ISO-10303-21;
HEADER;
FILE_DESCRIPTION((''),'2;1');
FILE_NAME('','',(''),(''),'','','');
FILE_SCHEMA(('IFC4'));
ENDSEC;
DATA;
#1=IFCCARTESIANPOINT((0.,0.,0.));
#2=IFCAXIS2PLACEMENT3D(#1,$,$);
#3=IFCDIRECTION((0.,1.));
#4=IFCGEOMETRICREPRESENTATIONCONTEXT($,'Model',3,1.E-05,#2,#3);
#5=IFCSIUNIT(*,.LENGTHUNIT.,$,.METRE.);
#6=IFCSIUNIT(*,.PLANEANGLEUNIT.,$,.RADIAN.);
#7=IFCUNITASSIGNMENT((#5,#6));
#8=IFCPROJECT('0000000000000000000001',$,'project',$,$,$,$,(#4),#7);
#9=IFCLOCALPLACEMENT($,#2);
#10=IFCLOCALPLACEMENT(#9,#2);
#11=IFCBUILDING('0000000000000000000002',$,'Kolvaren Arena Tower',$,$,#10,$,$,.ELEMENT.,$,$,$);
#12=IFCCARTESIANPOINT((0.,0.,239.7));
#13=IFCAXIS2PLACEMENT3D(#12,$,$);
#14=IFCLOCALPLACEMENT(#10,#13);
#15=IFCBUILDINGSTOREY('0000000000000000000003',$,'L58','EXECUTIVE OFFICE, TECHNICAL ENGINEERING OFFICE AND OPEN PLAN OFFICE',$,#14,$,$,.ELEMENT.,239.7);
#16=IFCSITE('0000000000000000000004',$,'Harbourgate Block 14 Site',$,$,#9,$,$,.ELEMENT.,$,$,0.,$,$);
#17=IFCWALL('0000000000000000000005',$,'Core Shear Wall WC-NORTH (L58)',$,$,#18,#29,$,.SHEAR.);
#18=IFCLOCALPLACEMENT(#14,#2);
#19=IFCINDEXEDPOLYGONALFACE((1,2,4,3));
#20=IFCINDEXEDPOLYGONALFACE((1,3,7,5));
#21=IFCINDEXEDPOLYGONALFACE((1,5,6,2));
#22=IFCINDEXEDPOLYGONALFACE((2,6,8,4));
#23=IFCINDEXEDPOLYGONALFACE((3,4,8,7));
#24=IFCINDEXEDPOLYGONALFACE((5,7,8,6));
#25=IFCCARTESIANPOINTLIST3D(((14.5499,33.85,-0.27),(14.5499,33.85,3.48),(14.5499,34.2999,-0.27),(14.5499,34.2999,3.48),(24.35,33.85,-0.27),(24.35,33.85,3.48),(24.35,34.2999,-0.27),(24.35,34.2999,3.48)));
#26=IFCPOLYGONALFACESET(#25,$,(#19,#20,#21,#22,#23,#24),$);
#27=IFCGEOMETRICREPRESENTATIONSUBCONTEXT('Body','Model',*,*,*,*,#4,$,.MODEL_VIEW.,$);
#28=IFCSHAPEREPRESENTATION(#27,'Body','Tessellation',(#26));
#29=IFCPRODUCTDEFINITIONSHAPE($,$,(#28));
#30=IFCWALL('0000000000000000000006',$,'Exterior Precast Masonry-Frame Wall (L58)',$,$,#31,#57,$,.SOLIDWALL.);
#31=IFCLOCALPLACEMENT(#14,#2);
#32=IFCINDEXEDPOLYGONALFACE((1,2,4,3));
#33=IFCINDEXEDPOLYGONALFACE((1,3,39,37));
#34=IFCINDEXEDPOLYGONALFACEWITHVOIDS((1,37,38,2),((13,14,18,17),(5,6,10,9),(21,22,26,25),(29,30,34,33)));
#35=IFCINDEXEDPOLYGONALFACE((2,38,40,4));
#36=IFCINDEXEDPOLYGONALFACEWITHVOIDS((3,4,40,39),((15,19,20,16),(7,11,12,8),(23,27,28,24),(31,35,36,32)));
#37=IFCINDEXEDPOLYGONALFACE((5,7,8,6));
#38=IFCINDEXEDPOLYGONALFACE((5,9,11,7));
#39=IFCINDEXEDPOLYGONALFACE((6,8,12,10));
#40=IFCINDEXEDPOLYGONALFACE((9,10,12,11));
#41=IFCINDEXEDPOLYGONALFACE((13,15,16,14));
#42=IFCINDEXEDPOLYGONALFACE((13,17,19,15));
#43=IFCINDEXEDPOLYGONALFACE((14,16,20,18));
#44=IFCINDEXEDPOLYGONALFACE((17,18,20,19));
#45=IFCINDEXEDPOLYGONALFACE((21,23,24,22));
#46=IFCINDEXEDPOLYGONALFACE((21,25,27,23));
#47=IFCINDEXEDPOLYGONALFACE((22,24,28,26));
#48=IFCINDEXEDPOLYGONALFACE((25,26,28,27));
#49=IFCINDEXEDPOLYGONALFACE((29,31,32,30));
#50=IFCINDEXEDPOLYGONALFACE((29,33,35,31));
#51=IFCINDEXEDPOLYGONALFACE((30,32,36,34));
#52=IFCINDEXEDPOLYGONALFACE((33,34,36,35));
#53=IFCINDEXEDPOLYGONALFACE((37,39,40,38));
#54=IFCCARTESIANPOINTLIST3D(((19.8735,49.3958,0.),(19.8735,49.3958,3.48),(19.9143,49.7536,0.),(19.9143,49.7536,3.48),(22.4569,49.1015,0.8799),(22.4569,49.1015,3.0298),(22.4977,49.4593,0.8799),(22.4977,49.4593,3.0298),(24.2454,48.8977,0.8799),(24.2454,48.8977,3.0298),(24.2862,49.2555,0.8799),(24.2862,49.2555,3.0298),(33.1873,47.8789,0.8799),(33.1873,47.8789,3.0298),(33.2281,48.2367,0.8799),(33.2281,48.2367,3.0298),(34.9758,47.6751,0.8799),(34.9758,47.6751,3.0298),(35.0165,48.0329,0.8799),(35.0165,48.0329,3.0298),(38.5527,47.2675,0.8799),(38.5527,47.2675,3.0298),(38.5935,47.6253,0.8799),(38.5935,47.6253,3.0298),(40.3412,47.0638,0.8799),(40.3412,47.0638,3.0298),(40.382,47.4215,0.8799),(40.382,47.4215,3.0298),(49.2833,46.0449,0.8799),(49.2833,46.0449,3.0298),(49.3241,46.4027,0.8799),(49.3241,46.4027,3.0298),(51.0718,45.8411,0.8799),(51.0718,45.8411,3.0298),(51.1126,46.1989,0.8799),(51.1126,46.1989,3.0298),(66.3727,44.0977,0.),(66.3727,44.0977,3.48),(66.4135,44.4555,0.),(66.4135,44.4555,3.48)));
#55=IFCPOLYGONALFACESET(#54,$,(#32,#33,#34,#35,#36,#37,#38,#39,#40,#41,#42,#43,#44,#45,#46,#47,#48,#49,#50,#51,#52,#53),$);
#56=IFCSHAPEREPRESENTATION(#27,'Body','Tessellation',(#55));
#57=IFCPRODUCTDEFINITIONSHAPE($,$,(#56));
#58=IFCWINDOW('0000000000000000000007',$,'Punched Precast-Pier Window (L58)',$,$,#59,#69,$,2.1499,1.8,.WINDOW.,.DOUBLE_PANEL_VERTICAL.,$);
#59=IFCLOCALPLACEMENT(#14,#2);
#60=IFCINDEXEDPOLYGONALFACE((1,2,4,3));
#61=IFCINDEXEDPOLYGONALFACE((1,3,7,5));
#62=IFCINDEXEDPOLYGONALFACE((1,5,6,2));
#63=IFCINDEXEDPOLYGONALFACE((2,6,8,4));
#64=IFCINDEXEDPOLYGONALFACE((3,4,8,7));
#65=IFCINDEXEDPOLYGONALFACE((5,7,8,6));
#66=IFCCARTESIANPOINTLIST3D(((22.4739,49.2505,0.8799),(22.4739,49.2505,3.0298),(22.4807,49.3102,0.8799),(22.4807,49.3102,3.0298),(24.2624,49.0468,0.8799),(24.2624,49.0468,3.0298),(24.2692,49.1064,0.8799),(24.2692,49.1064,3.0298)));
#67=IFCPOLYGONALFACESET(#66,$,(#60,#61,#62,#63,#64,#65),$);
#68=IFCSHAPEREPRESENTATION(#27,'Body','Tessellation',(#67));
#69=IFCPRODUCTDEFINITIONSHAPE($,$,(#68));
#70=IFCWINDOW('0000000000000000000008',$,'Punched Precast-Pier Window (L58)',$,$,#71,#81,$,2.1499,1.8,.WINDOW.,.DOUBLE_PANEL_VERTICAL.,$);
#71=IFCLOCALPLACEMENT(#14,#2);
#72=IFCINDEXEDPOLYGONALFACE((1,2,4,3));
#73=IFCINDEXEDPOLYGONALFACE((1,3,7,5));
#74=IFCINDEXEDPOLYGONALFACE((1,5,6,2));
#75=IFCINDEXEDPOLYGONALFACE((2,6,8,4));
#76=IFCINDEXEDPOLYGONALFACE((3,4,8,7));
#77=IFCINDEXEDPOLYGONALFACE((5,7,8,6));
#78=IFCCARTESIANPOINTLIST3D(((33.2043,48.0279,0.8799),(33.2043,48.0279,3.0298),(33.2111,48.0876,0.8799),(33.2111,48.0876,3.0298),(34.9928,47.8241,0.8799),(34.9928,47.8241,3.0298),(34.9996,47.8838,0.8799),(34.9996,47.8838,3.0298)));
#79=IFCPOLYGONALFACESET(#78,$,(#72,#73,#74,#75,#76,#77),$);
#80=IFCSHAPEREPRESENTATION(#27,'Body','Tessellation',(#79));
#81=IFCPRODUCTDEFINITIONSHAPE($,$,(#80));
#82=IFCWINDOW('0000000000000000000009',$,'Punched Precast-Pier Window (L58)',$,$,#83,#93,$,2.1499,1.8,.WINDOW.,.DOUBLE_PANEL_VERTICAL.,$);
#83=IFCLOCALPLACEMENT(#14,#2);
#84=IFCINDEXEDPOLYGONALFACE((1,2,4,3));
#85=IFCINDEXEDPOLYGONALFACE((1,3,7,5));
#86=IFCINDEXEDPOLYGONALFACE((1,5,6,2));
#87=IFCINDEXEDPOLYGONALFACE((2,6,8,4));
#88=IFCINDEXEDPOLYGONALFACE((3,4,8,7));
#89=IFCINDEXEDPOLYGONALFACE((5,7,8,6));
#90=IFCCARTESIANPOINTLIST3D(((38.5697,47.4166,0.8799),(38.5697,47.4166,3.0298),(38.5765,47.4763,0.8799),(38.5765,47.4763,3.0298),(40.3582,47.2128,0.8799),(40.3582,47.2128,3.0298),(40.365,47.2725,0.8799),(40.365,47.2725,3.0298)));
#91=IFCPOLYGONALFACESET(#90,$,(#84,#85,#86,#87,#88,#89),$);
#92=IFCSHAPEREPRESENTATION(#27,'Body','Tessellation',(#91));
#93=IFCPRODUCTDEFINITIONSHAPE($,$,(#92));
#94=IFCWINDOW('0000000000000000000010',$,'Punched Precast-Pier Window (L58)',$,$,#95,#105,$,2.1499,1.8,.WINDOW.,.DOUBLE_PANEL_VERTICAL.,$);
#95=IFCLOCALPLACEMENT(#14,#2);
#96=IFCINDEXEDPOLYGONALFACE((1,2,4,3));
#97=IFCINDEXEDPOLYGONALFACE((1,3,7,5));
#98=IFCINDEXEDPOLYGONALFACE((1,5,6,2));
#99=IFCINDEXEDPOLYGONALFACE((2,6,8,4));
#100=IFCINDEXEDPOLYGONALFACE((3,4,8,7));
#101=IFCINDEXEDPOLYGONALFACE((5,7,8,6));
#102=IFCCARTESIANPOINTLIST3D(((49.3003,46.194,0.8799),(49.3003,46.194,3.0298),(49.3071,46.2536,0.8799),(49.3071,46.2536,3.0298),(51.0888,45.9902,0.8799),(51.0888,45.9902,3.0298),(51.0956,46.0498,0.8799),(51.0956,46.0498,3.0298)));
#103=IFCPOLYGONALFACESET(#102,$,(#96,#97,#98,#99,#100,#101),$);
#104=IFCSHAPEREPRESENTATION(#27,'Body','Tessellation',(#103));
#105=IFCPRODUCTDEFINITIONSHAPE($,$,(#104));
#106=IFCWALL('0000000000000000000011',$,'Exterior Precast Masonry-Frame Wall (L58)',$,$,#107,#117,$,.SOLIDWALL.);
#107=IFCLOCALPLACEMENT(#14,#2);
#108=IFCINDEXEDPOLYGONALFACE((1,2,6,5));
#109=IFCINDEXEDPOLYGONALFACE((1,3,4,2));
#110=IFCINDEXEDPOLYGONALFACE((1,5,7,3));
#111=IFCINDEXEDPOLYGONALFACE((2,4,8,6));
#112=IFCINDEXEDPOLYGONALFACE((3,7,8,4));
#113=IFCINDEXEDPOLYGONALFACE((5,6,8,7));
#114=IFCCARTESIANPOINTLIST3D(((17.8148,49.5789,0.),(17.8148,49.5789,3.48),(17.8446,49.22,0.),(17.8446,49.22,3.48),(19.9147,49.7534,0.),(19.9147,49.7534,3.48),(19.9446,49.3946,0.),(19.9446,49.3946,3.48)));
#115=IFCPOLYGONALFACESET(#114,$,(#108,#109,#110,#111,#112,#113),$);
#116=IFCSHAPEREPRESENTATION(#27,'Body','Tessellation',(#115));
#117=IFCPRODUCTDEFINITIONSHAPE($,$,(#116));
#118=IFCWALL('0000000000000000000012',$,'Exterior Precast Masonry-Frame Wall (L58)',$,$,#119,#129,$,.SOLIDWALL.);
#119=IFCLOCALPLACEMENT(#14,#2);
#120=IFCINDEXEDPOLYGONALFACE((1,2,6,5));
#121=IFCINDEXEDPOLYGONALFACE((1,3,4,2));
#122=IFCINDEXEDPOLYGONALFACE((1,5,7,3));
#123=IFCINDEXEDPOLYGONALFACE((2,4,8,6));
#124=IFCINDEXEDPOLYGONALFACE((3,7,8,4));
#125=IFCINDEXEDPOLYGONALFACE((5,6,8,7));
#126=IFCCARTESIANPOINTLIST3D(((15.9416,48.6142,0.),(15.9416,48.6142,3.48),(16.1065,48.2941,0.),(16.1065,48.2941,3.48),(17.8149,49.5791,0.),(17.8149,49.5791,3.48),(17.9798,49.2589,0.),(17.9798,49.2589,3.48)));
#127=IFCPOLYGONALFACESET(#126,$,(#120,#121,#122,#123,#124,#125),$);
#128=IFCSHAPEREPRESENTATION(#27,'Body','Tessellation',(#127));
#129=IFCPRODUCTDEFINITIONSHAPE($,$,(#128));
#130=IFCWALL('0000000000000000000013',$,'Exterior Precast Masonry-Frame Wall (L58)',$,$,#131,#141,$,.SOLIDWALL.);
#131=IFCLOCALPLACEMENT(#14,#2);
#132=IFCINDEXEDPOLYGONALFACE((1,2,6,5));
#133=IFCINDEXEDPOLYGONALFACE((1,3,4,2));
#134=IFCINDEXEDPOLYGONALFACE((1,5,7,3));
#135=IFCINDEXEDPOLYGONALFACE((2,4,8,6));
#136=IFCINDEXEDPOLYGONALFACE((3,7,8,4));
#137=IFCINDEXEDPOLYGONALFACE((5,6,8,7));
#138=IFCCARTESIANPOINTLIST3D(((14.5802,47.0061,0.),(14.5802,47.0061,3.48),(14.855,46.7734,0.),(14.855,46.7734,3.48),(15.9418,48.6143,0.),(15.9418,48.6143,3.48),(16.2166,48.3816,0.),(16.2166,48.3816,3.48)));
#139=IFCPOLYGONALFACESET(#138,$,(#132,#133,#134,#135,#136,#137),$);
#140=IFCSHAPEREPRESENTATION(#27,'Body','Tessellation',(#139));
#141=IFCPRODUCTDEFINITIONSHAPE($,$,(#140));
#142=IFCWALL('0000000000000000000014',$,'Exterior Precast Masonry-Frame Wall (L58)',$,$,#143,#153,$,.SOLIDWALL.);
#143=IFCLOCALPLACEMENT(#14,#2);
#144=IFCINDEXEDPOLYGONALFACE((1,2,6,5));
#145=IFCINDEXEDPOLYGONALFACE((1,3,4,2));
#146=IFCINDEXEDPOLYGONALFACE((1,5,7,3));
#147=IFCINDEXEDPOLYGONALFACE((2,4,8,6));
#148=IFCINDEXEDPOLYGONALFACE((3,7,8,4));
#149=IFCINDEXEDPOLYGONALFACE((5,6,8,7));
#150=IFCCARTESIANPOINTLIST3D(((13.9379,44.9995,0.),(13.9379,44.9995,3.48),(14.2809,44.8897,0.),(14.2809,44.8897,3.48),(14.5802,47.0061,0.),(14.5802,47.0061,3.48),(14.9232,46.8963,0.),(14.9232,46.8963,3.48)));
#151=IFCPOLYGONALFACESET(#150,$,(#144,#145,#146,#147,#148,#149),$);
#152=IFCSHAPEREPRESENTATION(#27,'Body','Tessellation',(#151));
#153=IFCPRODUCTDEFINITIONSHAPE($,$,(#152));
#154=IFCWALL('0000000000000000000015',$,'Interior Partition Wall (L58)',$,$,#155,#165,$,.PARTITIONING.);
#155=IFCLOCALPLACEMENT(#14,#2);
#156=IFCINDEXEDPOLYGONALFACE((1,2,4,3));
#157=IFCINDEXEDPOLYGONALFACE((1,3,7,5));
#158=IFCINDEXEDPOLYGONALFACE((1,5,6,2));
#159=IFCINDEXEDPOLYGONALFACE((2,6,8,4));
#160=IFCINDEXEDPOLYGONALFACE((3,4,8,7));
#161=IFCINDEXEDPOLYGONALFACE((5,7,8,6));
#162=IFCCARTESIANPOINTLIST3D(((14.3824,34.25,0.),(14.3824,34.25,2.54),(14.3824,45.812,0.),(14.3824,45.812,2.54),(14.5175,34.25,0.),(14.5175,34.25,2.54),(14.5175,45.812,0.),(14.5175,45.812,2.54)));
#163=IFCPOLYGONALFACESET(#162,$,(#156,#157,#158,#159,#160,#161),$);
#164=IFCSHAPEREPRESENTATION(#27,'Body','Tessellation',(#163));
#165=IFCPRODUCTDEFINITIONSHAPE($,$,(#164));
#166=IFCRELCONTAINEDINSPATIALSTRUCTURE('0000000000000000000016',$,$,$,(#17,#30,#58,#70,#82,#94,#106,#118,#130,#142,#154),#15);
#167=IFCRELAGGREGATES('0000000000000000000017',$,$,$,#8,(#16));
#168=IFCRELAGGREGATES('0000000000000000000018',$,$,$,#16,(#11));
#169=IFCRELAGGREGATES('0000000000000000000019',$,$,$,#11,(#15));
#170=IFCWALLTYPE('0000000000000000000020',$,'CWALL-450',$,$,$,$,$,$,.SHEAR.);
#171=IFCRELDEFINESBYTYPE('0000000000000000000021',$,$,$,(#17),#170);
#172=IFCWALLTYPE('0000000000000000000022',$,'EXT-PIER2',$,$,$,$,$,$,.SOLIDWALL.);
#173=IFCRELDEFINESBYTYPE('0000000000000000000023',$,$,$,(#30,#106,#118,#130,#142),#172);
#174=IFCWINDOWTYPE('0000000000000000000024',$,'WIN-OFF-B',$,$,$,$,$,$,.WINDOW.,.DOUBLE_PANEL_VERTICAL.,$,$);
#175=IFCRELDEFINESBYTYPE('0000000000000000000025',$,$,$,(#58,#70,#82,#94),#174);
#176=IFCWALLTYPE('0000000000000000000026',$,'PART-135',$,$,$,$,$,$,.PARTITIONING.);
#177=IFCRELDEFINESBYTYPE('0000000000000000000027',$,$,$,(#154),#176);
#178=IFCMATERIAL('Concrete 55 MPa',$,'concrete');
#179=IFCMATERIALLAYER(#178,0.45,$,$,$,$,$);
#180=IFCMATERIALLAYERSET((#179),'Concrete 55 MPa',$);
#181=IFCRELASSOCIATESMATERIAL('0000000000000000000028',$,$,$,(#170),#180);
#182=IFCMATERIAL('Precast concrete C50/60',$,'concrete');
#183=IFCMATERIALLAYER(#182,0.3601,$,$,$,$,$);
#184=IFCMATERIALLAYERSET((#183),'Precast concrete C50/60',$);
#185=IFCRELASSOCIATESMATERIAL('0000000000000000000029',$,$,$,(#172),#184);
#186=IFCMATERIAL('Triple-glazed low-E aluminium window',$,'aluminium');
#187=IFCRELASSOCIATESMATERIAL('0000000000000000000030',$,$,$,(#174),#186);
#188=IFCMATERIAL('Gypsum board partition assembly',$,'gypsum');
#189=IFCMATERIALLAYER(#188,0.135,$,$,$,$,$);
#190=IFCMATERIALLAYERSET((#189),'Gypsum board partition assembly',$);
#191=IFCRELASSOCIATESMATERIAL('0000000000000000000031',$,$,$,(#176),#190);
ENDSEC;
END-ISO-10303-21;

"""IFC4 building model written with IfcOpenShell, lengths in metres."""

from ifc_helpers import new_model, si_unit, direction, frame, frame_2d, origin, place, context, subcontext, project, spatial, rectangle, extrude, material, layer, layer_set, type_object, element, fill, save


model = new_model("IFC4")

# Units and contexts
model_context = context("Model", 3, precision=1e-05, world=origin(), true_north=direction((0.0, 1.0)))
body_context = subcontext(model_context, "Body", "Model", "MODEL_VIEW")
ifc_project = project(units=[si_unit("LENGTHUNIT", "METRE"), si_unit("PLANEANGLEUNIT", "RADIAN")], contexts=[model_context])

# Site, building, storey
site_placement = place(None, origin())
site = spatial("IfcSite", under=ifc_project, at=site_placement, Name="Harbourgate Block 14 Site", CompositionType="ELEMENT", RefElevation=0.0)
building_placement = place(site_placement, origin())
building = spatial("IfcBuilding", under=site, at=building_placement, Name="Kolvaren Arena Tower", CompositionType="ELEMENT")
storey_placement = place(building_placement, frame((0.0, 0.0, 239.7)))
storey = spatial("IfcBuildingStorey", under=building, at=storey_placement, Name="L58", Description="EXECUTIVE OFFICE, TECHNICAL ENGINEERING OFFICE AND OPEN PLAN OFFICE", CompositionType="ELEMENT", Elevation=239.7)

# Wall
ifc_material_1 = material(Name="Concrete 55 MPa", Category="concrete")
ifc_layer_1 = layer(ifc_material_1, 0.45)
ifc_layer_set_1 = layer_set([ifc_layer_1], Name="Concrete 55 MPa")
wall_type_1 = type_object("IfcWallType", Name="CWALL-450", PredefinedType="SHEAR", material=ifc_layer_set_1)
wall_1_placement = place(storey_placement, frame((14.55, 34.075, -0.27), z_axis=(0.0, 0.0, 1.0), x_axis=(1.0, 0.0, 0.0)))
element("IfcWall", 1, at=wall_1_placement, inside=storey, type_object=wall_type_1, Name="Core Shear Wall WC-NORTH (L58)", PredefinedType="SHEAR", context=body_context, shape_type="SweptSolid", body=[
    extrude(rectangle(XDim=9.8, YDim=0.45, at=frame_2d((4.8999, 0.0))), origin(), (0.0, 0.0, 1.0), 3.75),
])

# Wall, openings, windows
ifc_material_2 = material(Name="Precast concrete C50/60", Category="concrete")
ifc_layer_2 = layer(ifc_material_2, 0.3601)
ifc_layer_set_2 = layer_set([ifc_layer_2], Name="Precast concrete C50/60")
wall_type_2 = type_object("IfcWallType", Name="EXT-PIER2", PredefinedType="SOLIDWALL", material=ifc_layer_set_2)
wall_2_placement = place(storey_placement, frame((19.894, 49.5747, 0.0), z_axis=(0.0, 0.0, 1.0), x_axis=(0.993571, -0.113207, 0.0)))
wall_2 = element("IfcWall", 2, at=wall_2_placement, inside=storey, type_object=wall_type_2, Name="Exterior Precast Masonry-Frame Wall (L58)", PredefinedType="SOLIDWALL", context=body_context, shape_type="SweptSolid", body=[
    extrude(rectangle(XDim=46.8, YDim=0.3601, at=frame_2d((23.3999, 0.0))), origin(), (0.0, 0.0, 1.0), 3.48),
])
opening_1_placement = place(wall_2_placement, frame((2.6001, 0.0, 0.8799)))
opening_1 = element("IfcOpeningElement", 3, at=opening_1_placement, cuts=wall_2, PredefinedType="OPENING", context=body_context, shape_type="SweptSolid", body=[
    extrude(rectangle(XDim=1.8, YDim=2.1499, at=frame_2d((0.8999, 1.075))), frame((0.0, 0.1899, 0.0), z_axis=(0.0, -1.0, 0.0), x_axis=(1.0, 0.0, 0.0)), (0.0, 0.0, 1.0), 0.3801),
])
opening_2_placement = place(wall_2_placement, frame((13.3999, 0.0, 0.8799)))
opening_2 = element("IfcOpeningElement", 4, at=opening_2_placement, cuts=wall_2, PredefinedType="OPENING", context=body_context, shape_type="SweptSolid", body=[
    extrude(rectangle(XDim=1.8, YDim=2.1499, at=frame_2d((0.8999, 1.075))), frame((0.0, 0.1899, 0.0), z_axis=(0.0, -1.0, 0.0), x_axis=(1.0, 0.0, 0.0)), (0.0, 0.0, 1.0), 0.3801),
])
opening_3_placement = place(wall_2_placement, frame((18.8, 0.0, 0.8799)))
opening_3 = element("IfcOpeningElement", 5, at=opening_3_placement, cuts=wall_2, PredefinedType="OPENING", context=body_context, shape_type="SweptSolid", body=[
    extrude(rectangle(XDim=1.8, YDim=2.1499, at=frame_2d((0.8999, 1.075))), frame((0.0, 0.1899, 0.0), z_axis=(0.0, -1.0, 0.0), x_axis=(1.0, 0.0, 0.0)), (0.0, 0.0, 1.0), 0.3801),
])
opening_4_placement = place(wall_2_placement, frame((29.6001, 0.0, 0.8799)))
opening_4 = element("IfcOpeningElement", 6, at=opening_4_placement, cuts=wall_2, PredefinedType="OPENING", context=body_context, shape_type="SweptSolid", body=[
    extrude(rectangle(XDim=1.8, YDim=2.1499, at=frame_2d((0.8999, 1.075))), frame((0.0, 0.1899, 0.0), z_axis=(0.0, -1.0, 0.0), x_axis=(1.0, 0.0, 0.0)), (0.0, 0.0, 1.0), 0.3801),
])
ifc_material_3 = material(Name="Triple-glazed low-E aluminium window", Category="aluminium")
window_type = type_object("IfcWindowType", Name="WIN-OFF-B", PartitioningType="DOUBLE_PANEL_VERTICAL", PredefinedType="WINDOW", material=ifc_material_3)
window_1_placement = place(opening_1_placement, origin())
window_1 = element("IfcWindow", 7, at=window_1_placement, inside=storey, type_object=window_type, Name="Punched Precast-Pier Window (L58)", OverallHeight=2.1499, OverallWidth=1.8, PartitioningType="DOUBLE_PANEL_VERTICAL", PredefinedType="WINDOW", context=body_context, shape_type="SweptSolid", body=[
    extrude(rectangle(XDim=1.8, YDim=2.1499, at=frame_2d((0.8999, 1.075))), frame((0.0, 0.03, 0.0), z_axis=(0.0, -1.0, 0.0), x_axis=(1.0, 0.0, 0.0)), (0.0, 0.0, 1.0), 0.0601),
])
fill(opening_1, window_1)
window_2_placement = place(opening_2_placement, origin())
window_2 = element("IfcWindow", 8, at=window_2_placement, inside=storey, type_object=window_type, Name="Punched Precast-Pier Window (L58)", OverallHeight=2.1499, OverallWidth=1.8, PartitioningType="DOUBLE_PANEL_VERTICAL", PredefinedType="WINDOW", context=body_context, shape_type="SweptSolid", body=[
    extrude(rectangle(XDim=1.8, YDim=2.1499, at=frame_2d((0.8999, 1.075))), frame((0.0, 0.03, 0.0), z_axis=(0.0, -1.0, 0.0), x_axis=(1.0, 0.0, 0.0)), (0.0, 0.0, 1.0), 0.0601),
])
fill(opening_2, window_2)
window_3_placement = place(opening_3_placement, origin())
window_3 = element("IfcWindow", 9, at=window_3_placement, inside=storey, type_object=window_type, Name="Punched Precast-Pier Window (L58)", OverallHeight=2.1499, OverallWidth=1.8, PartitioningType="DOUBLE_PANEL_VERTICAL", PredefinedType="WINDOW", context=body_context, shape_type="SweptSolid", body=[
    extrude(rectangle(XDim=1.8, YDim=2.1499, at=frame_2d((0.8999, 1.075))), frame((0.0, 0.03, 0.0), z_axis=(0.0, -1.0, 0.0), x_axis=(1.0, 0.0, 0.0)), (0.0, 0.0, 1.0), 0.0601),
])
fill(opening_3, window_3)
window_4_placement = place(opening_4_placement, origin())
window_4 = element("IfcWindow", 10, at=window_4_placement, inside=storey, type_object=window_type, Name="Punched Precast-Pier Window (L58)", OverallHeight=2.1499, OverallWidth=1.8, PartitioningType="DOUBLE_PANEL_VERTICAL", PredefinedType="WINDOW", context=body_context, shape_type="SweptSolid", body=[
    extrude(rectangle(XDim=1.8, YDim=2.1499, at=frame_2d((0.8999, 1.075))), frame((0.0, 0.03, 0.0), z_axis=(0.0, -1.0, 0.0), x_axis=(1.0, 0.0, 0.0)), (0.0, 0.0, 1.0), 0.0601),
])
fill(opening_4, window_4)

# Walls
for number, where, z_axis, x_axis, name in (
    (11, (17.8296, 49.3994, 0.0), (0.0, 0.0, 1.0), (0.996563, 0.082844, 0.0), "Exterior Precast Masonry-Frame Wall (L58)"),
    (12, (16.0239, 48.4541, 0.0), (0.0, 0.0, 1.0), (0.88901, 0.457887, 0.0), "Exterior Precast Masonry-Frame Wall (L58)"),
    (13, (14.7175, 46.8896, 0.0), (0.0, 0.0, 1.0), (0.646171, 0.763193, 0.0), "Exterior Precast Masonry-Frame Wall (L58)"),
):
    element("IfcWall", number, at=place(storey_placement, frame(where, z_axis=z_axis, x_axis=x_axis)), inside=storey, type_object=wall_type_2, Name=name, PredefinedType="SOLIDWALL", context=body_context, shape_type="SweptSolid", body=[
        extrude(rectangle(XDim=2.1072, YDim=0.3601, at=frame_2d((1.0537, 0.0))), origin(), (0.0, 0.0, 1.0), 3.48),
    ])
wall_3_placement = place(storey_placement, frame((14.1094, 44.9446, 0.0), z_axis=(0.0, 0.0, 1.0), x_axis=(0.304872, 0.952393, 0.0)))
element("IfcWall", 14, at=wall_3_placement, inside=storey, type_object=wall_type_2, Name="Exterior Precast Masonry-Frame Wall (L58)", PredefinedType="SOLIDWALL", context=body_context, shape_type="SweptSolid", body=[
    extrude(rectangle(XDim=2.1069, YDim=0.3601, at=frame_2d((1.0535, 0.0))), origin(), (0.0, 0.0, 1.0), 3.48),
])
ifc_material_4 = material(Name="Gypsum board partition assembly", Category="gypsum")
ifc_layer_3 = layer(ifc_material_4, 0.135)
ifc_layer_set_3 = layer_set([ifc_layer_3], Name="Gypsum board partition assembly")
wall_type_3 = type_object("IfcWallType", Name="PART-135", PredefinedType="PARTITIONING", material=ifc_layer_set_3)
wall_4_placement = place(storey_placement, frame((14.45, 34.25, 0.0), z_axis=(0.0, 0.0, 1.0), x_axis=(0.0, 1.0, 0.0)))
element("IfcWall", 15, at=wall_4_placement, inside=storey, type_object=wall_type_3, Name="Interior Partition Wall (L58)", PredefinedType="PARTITIONING", context=body_context, shape_type="SweptSolid", body=[
    extrude(rectangle(XDim=11.562, YDim=0.135, at=frame_2d((5.781, 0.0))), origin(), (0.0, 0.0, 1.0), 2.54),
])

save(model, "model.ifc")
